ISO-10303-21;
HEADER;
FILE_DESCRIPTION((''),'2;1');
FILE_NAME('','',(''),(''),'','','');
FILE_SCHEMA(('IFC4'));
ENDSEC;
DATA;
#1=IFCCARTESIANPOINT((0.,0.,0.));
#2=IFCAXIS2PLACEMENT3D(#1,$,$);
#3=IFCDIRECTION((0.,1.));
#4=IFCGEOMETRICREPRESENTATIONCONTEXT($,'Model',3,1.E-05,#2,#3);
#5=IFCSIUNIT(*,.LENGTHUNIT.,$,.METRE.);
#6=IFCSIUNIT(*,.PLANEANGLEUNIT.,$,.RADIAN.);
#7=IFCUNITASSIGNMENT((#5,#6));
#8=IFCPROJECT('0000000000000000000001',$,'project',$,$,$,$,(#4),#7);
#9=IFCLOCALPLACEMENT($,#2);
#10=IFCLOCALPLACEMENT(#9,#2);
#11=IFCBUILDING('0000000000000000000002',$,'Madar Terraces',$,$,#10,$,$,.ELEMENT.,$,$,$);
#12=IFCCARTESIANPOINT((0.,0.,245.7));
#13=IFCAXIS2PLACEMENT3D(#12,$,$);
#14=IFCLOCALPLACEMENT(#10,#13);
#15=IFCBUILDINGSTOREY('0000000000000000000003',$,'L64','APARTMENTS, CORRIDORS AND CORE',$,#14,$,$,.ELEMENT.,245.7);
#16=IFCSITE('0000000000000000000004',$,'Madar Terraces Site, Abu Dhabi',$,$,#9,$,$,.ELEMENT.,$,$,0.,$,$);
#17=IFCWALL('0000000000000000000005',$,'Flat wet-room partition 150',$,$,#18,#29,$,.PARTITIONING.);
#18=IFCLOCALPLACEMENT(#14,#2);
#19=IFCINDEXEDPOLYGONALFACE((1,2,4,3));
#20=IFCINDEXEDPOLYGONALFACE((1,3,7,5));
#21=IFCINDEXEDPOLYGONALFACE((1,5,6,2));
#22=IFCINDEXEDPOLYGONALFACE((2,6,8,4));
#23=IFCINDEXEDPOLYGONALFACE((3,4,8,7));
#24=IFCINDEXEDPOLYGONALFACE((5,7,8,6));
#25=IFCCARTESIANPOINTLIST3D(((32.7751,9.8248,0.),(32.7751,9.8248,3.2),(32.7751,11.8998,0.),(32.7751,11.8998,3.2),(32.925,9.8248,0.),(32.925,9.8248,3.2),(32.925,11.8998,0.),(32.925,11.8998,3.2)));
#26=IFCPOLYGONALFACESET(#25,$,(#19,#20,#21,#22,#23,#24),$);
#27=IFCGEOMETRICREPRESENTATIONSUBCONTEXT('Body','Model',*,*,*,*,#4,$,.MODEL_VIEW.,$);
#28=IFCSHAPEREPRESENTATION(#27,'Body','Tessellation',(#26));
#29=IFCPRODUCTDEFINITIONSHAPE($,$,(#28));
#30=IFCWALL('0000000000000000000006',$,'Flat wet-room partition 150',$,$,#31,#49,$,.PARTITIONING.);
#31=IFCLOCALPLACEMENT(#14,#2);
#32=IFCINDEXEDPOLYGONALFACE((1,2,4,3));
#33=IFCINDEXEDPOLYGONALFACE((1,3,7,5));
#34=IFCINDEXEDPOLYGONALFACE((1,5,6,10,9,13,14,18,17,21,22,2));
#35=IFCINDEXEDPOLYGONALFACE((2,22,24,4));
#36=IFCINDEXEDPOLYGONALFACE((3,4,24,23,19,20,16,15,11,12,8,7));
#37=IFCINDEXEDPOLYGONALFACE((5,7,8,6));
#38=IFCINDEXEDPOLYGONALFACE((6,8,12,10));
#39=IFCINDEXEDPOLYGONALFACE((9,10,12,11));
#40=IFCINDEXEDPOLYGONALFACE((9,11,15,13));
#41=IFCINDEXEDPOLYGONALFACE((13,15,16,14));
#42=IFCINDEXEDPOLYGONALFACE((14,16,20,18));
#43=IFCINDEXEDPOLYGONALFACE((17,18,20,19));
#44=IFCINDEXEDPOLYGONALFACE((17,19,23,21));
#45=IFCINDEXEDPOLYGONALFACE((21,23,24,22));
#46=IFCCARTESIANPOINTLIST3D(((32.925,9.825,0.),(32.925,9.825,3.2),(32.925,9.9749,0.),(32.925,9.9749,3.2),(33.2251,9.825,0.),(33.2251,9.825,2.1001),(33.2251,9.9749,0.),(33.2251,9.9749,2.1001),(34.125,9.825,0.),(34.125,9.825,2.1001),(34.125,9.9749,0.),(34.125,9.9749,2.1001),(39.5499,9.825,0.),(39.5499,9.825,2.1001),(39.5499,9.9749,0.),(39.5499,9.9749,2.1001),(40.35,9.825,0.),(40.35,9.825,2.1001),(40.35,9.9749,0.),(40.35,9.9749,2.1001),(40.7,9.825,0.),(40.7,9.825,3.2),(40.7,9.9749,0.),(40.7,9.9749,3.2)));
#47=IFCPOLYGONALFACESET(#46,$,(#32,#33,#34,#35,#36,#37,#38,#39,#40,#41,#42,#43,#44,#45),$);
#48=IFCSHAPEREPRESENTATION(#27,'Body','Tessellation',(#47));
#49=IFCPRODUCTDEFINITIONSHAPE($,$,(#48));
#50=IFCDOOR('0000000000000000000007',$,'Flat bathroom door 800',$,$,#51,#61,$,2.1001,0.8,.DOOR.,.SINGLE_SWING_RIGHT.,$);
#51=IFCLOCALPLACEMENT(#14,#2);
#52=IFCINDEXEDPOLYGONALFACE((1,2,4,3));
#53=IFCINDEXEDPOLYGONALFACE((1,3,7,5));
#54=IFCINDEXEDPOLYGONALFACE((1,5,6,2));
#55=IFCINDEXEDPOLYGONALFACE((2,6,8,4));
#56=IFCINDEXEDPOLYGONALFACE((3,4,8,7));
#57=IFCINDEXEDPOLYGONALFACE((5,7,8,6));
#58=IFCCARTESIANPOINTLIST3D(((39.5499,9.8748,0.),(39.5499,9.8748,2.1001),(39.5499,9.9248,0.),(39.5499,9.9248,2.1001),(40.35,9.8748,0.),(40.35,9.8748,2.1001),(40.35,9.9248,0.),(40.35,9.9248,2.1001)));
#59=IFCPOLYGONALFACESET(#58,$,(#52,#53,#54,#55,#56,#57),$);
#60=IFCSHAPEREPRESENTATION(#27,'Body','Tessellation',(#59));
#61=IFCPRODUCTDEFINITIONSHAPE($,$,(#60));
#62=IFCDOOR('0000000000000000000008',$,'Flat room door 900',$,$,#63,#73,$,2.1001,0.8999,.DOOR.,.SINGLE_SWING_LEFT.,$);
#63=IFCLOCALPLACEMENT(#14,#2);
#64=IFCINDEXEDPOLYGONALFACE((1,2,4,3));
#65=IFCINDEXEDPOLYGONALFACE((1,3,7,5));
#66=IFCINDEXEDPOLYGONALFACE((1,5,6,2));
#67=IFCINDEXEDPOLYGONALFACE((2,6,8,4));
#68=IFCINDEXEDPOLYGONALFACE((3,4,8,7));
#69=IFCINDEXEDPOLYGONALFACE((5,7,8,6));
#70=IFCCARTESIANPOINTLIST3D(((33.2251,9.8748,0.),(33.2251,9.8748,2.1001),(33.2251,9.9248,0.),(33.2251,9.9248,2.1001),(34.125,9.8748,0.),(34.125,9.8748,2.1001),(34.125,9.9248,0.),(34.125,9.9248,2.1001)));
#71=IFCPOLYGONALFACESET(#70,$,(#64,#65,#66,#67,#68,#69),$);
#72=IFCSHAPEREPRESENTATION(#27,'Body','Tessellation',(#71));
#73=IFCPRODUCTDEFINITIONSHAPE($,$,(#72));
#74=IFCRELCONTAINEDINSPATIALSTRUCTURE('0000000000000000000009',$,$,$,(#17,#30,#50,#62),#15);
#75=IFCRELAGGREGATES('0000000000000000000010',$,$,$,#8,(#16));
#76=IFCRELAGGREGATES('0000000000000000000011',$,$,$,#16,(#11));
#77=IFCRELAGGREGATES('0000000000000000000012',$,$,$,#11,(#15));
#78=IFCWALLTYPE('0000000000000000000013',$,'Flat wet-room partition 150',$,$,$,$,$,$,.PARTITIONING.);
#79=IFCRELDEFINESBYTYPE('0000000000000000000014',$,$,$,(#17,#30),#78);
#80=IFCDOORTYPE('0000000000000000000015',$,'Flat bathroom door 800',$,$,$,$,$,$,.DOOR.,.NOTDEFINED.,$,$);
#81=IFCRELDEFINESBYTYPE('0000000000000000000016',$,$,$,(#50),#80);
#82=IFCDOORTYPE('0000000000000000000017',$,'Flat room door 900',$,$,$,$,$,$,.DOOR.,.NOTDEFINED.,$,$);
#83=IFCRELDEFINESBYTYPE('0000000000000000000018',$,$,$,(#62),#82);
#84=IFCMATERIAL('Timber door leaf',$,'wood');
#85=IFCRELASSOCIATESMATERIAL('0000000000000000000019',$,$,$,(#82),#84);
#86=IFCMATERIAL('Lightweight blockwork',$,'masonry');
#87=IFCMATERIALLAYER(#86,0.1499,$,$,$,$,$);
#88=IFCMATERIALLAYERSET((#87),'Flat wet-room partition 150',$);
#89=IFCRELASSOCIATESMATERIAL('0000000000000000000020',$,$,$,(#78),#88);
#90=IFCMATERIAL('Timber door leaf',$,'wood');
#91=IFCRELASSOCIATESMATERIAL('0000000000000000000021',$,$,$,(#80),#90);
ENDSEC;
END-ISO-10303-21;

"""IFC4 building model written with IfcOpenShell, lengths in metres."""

from ifc_helpers import new_model, si_unit, direction, frame, frame_2d, origin, place, context, subcontext, project, spatial, rectangle, extrude, material, layer, layer_set, type_object, element, fill, save


model = new_model("IFC4")

# Units and contexts
model_context = context("Model", 3, precision=1e-05, world=origin(), true_north=direction((0.0, 1.0)))
body_context = subcontext(model_context, "Body", "Model", "MODEL_VIEW")
ifc_project = project(units=[si_unit("LENGTHUNIT", "METRE"), si_unit("PLANEANGLEUNIT", "RADIAN")], contexts=[model_context])

# Site, building, storey
site_placement = place(None, origin())
site = spatial("IfcSite", under=ifc_project, at=site_placement, Name="Madar Terraces Site, Abu Dhabi", CompositionType="ELEMENT", RefElevation=0.0)
building_placement = place(site_placement, origin())
building = spatial("IfcBuilding", under=site, at=building_placement, Name="Madar Terraces", CompositionType="ELEMENT")
storey_placement = place(building_placement, frame((0.0, 0.0, 245.7)))
storey = spatial("IfcBuildingStorey", under=building, at=storey_placement, Name="L64", Description="APARTMENTS, CORRIDORS AND CORE", CompositionType="ELEMENT", Elevation=245.7)

# Shared definitions
ifc_material_1 = material(Name="Timber door leaf", Category="wood")
door_type_1 = type_object("IfcDoorType", Name="Flat room door 900", OperationType="NOTDEFINED", PredefinedType="DOOR", material=ifc_material_1)

# Wall
ifc_material_2 = material(Name="Lightweight blockwork", Category="masonry")
ifc_layer_1 = layer(ifc_material_2, 0.1499)
ifc_layer_set_1 = layer_set([ifc_layer_1], Name="Flat wet-room partition 150")
wall_type_1 = type_object("IfcWallType", Name="Flat wet-room partition 150", PredefinedType="PARTITIONING", material=ifc_layer_set_1)
wall_1_placement = place(storey_placement, frame((32.8501, 11.8999, 0.0), z_axis=(0.0, 0.0, 1.0), x_axis=(0.0, -1.0, 0.0)))
element("IfcWall", 1, at=wall_1_placement, inside=storey, type_object=wall_type_1, Name="Flat wet-room partition 150", PredefinedType="PARTITIONING", context=body_context, shape_type="SweptSolid", body=[
    extrude(rectangle(XDim=2.075, YDim=0.1499, at=frame_2d((1.0376, 0.0))), origin(), (0.0, 0.0, 1.0), 3.2),
])

# Wall, openings, doors
wall_2_placement = place(storey_placement, frame((32.925, 9.8999, 0.0), z_axis=(0.0, 0.0, 1.0), x_axis=(1.0, 0.0, 0.0)))
wall_2 = element("IfcWall", 2, at=wall_2_placement, inside=storey, type_object=wall_type_1, Name="Flat wet-room partition 150", PredefinedType="PARTITIONING", context=body_context, shape_type="SweptSolid", body=[
    extrude(rectangle(XDim=7.7749, YDim=0.1499, at=frame_2d((3.8875, 0.0))), origin(), (0.0, 0.0, 1.0), 3.2),
])
opening_1_placement = place(wall_2_placement, frame((0.3, 0.0, 0.0)))
opening_1 = element("IfcOpeningElement", 3, at=opening_1_placement, cuts=wall_2, PredefinedType="OPENING", context=body_context, shape_type="SweptSolid", body=[
    extrude(rectangle(XDim=0.8999, YDim=2.1001, at=frame_2d((0.45, 1.05))), frame((0.0, 0.085, 0.0), z_axis=(0.0, -1.0, 0.0), x_axis=(1.0, 0.0, 0.0)), (0.0, 0.0, 1.0), 0.1699),
])
opening_2_placement = place(wall_2_placement, frame((6.625, 0.0, 0.0)))
opening_2 = element("IfcOpeningElement", 4, at=opening_2_placement, cuts=wall_2, PredefinedType="OPENING", context=body_context, shape_type="SweptSolid", body=[
    extrude(rectangle(XDim=0.8, YDim=2.1001, at=frame_2d((0.3999, 1.05))), frame((0.0, 0.085, 0.0), z_axis=(0.0, -1.0, 0.0), x_axis=(1.0, 0.0, 0.0)), (0.0, 0.0, 1.0), 0.1699),
])
ifc_material_3 = material(Name="Timber door leaf", Category="wood")
door_type_2 = type_object("IfcDoorType", Name="Flat bathroom door 800", OperationType="NOTDEFINED", PredefinedType="DOOR", material=ifc_material_3)
door_1_placement = place(opening_2_placement, origin())
door_1 = element("IfcDoor", 5, at=door_1_placement, inside=storey, type_object=door_type_2, Name="Flat bathroom door 800", OperationType="SINGLE_SWING_RIGHT", OverallHeight=2.1001, OverallWidth=0.8, PredefinedType="DOOR", context=body_context, shape_type="SweptSolid", body=[
    extrude(rectangle(XDim=0.8, YDim=2.1001, at=frame_2d((0.3999, 1.05))), frame((0.0, 0.0249, 0.0), z_axis=(0.0, -1.0, 0.0), x_axis=(1.0, 0.0, 0.0)), (0.0, 0.0, 1.0), 0.05),
])
fill(opening_2, door_1)
door_2_placement = place(opening_1_placement, origin())
door_2 = element("IfcDoor", 6, at=door_2_placement, inside=storey, type_object=door_type_1, Name="Flat room door 900", OperationType="SINGLE_SWING_LEFT", OverallHeight=2.1001, OverallWidth=0.8999, PredefinedType="DOOR", context=body_context, shape_type="SweptSolid", body=[
    extrude(rectangle(XDim=0.8999, YDim=2.1001, at=frame_2d((0.45, 1.05))), frame((0.0, 0.0249, 0.0), z_axis=(0.0, -1.0, 0.0), x_axis=(1.0, 0.0, 0.0)), (0.0, 0.0, 1.0), 0.05),
])
fill(opening_1, door_2)

save(model, "model.ifc")
